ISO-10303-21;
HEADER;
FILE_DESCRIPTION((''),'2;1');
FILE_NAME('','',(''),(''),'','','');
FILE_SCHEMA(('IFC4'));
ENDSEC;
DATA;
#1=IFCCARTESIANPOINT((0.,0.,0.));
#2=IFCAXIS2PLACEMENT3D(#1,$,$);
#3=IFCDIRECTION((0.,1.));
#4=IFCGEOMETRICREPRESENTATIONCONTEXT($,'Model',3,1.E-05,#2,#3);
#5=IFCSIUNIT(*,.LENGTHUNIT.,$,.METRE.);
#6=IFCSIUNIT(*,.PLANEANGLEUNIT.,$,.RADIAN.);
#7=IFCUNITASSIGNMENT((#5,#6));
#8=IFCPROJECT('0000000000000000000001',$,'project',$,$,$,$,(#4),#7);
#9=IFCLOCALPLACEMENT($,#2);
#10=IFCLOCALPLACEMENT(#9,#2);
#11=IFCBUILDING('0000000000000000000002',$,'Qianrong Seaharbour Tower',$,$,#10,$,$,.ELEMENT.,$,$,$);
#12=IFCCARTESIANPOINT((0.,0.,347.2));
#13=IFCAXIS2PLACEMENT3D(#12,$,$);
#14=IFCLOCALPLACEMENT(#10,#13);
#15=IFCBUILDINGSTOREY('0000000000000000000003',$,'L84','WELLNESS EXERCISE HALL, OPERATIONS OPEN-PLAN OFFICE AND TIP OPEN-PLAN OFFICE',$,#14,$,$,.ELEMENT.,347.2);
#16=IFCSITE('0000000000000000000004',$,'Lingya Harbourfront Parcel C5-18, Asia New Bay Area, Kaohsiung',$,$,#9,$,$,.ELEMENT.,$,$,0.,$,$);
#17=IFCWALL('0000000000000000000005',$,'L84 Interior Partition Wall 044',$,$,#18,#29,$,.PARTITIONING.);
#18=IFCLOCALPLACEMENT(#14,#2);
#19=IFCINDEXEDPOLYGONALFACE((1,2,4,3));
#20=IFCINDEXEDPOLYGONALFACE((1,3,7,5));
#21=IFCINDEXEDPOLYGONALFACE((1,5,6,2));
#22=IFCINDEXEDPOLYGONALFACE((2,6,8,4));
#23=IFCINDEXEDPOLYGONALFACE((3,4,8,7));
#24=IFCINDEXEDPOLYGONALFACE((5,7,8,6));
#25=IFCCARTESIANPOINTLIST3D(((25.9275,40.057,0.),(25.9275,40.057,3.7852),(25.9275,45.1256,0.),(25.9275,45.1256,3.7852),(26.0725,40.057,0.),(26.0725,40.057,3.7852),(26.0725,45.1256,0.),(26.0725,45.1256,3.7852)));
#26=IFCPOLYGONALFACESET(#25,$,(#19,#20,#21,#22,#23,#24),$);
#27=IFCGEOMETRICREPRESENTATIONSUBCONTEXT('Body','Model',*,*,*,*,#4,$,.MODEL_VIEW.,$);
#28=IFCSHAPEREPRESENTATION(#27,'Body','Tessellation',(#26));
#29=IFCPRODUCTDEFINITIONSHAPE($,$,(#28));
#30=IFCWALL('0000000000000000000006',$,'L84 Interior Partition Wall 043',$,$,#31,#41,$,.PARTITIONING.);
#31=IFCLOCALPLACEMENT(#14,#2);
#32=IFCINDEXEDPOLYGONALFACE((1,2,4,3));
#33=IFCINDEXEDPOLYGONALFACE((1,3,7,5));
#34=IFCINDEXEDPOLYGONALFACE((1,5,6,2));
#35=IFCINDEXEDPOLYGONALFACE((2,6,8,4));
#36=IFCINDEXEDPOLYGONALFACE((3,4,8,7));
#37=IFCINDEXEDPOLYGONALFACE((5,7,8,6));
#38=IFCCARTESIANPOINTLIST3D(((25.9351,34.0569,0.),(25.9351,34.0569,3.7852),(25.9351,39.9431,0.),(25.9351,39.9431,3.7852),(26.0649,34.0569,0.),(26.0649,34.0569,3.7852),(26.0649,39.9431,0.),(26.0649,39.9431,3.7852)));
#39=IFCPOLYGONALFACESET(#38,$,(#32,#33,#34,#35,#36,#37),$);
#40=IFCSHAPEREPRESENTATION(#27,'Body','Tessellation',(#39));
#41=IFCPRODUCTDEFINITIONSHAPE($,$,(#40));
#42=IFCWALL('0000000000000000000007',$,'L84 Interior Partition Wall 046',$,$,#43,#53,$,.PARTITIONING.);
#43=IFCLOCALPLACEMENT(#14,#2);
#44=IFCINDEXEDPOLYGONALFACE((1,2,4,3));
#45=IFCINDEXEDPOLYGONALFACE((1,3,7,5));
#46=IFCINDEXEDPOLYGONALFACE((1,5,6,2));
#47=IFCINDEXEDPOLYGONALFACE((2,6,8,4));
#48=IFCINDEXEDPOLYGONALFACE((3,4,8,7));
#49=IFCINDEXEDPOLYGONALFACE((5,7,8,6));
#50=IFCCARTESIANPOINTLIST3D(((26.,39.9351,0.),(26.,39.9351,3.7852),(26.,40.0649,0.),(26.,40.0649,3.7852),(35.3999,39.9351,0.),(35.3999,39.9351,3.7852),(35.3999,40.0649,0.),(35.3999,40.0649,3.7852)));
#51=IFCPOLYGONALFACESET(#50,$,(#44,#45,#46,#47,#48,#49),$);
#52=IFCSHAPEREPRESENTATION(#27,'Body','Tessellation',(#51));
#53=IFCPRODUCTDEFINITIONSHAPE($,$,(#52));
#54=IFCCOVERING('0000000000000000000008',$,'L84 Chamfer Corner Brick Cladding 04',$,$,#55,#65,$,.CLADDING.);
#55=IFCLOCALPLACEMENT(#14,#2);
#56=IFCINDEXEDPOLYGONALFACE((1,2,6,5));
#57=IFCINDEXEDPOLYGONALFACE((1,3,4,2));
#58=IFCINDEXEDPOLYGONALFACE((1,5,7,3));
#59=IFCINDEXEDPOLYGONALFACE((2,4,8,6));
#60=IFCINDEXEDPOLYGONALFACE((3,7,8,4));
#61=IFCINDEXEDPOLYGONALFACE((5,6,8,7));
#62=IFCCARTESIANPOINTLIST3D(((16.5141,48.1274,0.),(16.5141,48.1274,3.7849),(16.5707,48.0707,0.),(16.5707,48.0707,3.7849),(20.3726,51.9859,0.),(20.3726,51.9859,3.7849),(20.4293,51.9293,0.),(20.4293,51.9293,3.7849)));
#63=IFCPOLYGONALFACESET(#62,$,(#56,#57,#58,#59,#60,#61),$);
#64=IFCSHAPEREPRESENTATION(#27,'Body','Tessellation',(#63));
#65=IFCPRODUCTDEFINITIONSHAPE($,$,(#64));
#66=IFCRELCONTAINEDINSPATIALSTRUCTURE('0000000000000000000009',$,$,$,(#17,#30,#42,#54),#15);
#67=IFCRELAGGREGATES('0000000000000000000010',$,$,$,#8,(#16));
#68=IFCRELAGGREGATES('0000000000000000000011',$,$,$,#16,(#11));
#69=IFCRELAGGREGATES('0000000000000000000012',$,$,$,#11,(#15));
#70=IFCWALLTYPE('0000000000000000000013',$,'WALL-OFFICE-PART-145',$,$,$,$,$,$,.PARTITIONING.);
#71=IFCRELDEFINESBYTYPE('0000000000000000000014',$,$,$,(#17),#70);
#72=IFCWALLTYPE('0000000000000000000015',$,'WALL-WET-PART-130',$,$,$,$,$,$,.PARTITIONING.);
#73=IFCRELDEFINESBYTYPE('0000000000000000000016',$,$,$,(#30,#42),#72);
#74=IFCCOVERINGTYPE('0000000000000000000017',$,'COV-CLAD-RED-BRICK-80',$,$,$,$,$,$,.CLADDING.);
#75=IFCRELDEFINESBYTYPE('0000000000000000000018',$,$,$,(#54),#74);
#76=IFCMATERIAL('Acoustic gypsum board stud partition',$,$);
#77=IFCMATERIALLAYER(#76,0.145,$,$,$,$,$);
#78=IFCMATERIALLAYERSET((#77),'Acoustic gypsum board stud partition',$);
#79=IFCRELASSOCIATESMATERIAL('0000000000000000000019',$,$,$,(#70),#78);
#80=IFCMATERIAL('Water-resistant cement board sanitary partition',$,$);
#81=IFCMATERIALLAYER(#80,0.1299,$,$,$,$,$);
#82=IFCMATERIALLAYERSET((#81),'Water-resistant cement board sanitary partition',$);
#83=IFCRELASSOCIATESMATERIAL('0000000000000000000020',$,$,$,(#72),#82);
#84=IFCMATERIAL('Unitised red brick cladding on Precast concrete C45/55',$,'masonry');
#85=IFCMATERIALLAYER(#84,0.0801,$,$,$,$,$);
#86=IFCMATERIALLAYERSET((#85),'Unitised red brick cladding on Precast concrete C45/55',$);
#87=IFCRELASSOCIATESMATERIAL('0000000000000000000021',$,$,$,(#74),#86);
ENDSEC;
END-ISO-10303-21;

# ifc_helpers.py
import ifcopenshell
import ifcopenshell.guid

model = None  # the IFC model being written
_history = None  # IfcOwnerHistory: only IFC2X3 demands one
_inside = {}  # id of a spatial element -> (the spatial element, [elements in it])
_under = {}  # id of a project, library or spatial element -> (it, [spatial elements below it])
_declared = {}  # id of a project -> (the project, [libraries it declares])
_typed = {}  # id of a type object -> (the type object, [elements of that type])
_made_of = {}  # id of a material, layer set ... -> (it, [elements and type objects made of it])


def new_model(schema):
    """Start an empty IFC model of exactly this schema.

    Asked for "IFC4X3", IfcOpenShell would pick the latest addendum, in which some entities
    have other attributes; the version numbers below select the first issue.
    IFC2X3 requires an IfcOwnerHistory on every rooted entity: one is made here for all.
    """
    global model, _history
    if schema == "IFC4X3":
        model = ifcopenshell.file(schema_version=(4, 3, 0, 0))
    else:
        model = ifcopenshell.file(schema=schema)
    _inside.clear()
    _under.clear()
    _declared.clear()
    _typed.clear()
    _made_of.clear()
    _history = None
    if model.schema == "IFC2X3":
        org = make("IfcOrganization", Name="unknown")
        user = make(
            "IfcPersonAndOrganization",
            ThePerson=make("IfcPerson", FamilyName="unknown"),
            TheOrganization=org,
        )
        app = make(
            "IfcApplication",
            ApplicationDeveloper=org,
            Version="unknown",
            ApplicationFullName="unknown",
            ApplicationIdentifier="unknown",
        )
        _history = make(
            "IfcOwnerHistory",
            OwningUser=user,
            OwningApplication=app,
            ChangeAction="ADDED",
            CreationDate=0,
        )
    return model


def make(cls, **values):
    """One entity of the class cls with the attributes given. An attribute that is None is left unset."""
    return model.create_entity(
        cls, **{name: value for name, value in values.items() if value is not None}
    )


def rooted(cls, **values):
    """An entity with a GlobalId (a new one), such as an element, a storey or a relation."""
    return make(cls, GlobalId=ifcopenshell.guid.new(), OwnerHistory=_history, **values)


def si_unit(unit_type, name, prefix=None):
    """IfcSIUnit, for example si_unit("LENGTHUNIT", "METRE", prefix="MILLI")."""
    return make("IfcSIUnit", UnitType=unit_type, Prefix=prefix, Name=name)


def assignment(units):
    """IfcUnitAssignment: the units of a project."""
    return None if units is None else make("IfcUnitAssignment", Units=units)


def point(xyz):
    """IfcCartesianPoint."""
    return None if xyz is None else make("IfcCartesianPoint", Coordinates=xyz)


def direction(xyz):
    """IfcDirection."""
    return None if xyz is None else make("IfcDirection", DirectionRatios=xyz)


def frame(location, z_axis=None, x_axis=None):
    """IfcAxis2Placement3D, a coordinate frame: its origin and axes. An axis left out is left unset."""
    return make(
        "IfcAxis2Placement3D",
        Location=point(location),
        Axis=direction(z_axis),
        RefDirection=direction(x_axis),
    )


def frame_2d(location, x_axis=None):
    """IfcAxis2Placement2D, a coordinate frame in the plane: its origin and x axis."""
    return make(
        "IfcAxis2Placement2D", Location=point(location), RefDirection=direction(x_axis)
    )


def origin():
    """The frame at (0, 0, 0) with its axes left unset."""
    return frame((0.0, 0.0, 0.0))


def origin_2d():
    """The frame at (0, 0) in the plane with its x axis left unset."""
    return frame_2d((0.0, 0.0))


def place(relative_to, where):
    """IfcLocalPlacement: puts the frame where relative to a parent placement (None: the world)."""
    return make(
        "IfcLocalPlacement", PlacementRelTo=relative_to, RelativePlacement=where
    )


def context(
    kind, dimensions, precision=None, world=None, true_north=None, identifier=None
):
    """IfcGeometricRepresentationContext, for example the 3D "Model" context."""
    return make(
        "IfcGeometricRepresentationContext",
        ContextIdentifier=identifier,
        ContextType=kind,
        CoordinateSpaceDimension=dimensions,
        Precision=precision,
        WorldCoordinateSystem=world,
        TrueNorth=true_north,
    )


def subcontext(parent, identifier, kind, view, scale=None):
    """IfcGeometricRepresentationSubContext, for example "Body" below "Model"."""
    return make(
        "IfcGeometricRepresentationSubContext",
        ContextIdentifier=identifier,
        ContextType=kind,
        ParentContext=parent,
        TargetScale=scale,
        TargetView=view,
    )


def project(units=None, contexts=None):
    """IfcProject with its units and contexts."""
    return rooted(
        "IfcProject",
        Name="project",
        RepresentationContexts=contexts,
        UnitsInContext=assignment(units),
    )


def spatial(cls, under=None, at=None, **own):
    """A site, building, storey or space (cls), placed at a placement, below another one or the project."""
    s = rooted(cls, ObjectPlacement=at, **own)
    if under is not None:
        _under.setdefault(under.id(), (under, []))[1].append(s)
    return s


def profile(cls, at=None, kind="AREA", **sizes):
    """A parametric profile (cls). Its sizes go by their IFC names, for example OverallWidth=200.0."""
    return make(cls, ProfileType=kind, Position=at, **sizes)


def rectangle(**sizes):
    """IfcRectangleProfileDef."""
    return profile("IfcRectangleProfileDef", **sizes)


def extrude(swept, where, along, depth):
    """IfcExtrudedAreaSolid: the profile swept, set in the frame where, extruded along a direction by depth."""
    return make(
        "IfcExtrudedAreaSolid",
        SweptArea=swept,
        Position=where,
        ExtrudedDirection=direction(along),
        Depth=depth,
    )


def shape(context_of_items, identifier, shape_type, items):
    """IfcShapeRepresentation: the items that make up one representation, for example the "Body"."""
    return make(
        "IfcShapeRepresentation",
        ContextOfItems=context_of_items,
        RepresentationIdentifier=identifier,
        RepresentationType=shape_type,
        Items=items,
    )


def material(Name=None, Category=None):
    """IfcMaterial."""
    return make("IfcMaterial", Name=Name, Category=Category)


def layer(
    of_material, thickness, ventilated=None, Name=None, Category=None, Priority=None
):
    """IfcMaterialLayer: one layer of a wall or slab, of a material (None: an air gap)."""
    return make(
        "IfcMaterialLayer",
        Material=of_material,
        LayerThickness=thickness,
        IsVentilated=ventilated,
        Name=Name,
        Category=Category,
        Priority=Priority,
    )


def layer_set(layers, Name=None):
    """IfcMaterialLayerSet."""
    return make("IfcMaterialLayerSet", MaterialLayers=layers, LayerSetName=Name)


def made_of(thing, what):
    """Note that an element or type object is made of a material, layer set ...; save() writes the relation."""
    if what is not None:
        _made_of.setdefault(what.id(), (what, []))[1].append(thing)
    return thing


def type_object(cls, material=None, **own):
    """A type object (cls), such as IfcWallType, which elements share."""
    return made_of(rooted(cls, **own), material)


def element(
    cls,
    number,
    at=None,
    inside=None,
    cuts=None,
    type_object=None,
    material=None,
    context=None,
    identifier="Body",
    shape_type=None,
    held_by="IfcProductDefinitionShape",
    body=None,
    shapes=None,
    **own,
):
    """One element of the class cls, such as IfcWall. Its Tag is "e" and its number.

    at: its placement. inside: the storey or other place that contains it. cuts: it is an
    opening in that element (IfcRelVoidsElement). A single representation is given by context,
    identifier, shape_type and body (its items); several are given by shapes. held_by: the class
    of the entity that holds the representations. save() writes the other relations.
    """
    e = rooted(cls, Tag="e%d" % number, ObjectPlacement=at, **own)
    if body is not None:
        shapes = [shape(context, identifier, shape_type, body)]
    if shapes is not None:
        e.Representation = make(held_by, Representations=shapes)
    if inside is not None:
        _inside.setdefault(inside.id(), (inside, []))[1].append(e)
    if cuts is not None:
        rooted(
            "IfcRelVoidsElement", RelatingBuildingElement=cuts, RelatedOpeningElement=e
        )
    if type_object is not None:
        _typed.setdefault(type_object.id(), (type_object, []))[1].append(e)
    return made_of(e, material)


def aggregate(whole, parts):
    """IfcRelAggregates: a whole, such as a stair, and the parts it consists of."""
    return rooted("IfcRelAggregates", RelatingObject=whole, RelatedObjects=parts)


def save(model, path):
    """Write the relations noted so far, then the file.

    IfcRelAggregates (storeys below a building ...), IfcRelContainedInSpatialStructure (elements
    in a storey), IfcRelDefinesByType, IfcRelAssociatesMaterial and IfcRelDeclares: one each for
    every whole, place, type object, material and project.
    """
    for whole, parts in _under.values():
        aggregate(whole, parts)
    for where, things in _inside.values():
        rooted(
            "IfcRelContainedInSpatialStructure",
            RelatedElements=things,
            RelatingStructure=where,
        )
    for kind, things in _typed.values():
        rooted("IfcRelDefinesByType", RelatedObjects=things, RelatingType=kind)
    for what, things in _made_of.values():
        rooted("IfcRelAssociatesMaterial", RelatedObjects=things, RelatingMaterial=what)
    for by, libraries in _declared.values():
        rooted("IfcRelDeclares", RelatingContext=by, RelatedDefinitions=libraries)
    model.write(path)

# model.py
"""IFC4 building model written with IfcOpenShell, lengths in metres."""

from ifc_helpers import new_model, si_unit, direction, frame, frame_2d, origin, origin_2d, place, context, subcontext, project, spatial, rectangle, extrude, material, layer, layer_set, type_object, element, save


model = new_model("IFC4")

# Units and contexts
model_context = context("Model", 3, precision=1e-05, world=origin(), true_north=direction((0.0, 1.0)))
body_context = subcontext(model_context, "Body", "Model", "MODEL_VIEW")
ifc_project = project(units=[si_unit("LENGTHUNIT", "METRE"), si_unit("PLANEANGLEUNIT", "RADIAN")], contexts=[model_context])

# Site, building, storey
site_placement = place(None, origin())
site = spatial("IfcSite", under=ifc_project, at=site_placement, Name="Lingya Harbourfront Parcel C5-18, Asia New Bay Area, Kaohsiung", CompositionType="ELEMENT", RefElevation=0.0)
building_placement = place(site_placement, origin())
building = spatial("IfcBuilding", under=site, at=building_placement, Name="Qianrong Seaharbour Tower", CompositionType="ELEMENT")
storey_placement = place(building_placement, frame((0.0, 0.0, 347.2)))
storey = spatial("IfcBuildingStorey", under=building, at=storey_placement, Name="L84", Description="WELLNESS EXERCISE HALL, OPERATIONS OPEN-PLAN OFFICE AND TIP OPEN-PLAN OFFICE", CompositionType="ELEMENT", Elevation=347.2)

# Shared definitions
ifc_material_1 = material(Name="Acoustic gypsum board stud partition")
ifc_layer_1 = layer(ifc_material_1, 0.145)
ifc_layer_set_1 = layer_set([ifc_layer_1], Name="Acoustic gypsum board stud partition")
wall_type_1 = type_object("IfcWallType", Name="WALL-OFFICE-PART-145", PredefinedType="PARTITIONING", material=ifc_layer_set_1)

# Walls
wall_1_placement = place(storey_placement, frame((26.0, 45.1255, 0.0), z_axis=(0.0, 0.0, 1.0), x_axis=(0.0, -1.0, 0.0)))
element("IfcWall", 1, at=wall_1_placement, inside=storey, type_object=wall_type_1, Name="L84 Interior Partition Wall 044", PredefinedType="PARTITIONING", context=body_context, shape_type="SweptSolid", body=[
    extrude(rectangle(XDim=5.0686, YDim=0.145, at=frame_2d((2.5342, 0.0))), origin(), (0.0, 0.0, 1.0), 3.7852),
])
ifc_material_2 = material(Name="Water-resistant cement board sanitary partition")
ifc_layer_2 = layer(ifc_material_2, 0.1299)
ifc_layer_set_2 = layer_set([ifc_layer_2], Name="Water-resistant cement board sanitary partition")
wall_type_2 = type_object("IfcWallType", Name="WALL-WET-PART-130", PredefinedType="PARTITIONING", material=ifc_layer_set_2)
wall_2_placement = place(storey_placement, frame((26.0, 39.9431, 0.0), z_axis=(0.0, 0.0, 1.0), x_axis=(0.0, -1.0, 0.0)))
element("IfcWall", 2, at=wall_2_placement, inside=storey, type_object=wall_type_2, Name="L84 Interior Partition Wall 043", PredefinedType="PARTITIONING", context=body_context, shape_type="SweptSolid", body=[
    extrude(rectangle(XDim=5.8862, YDim=0.1299, at=frame_2d((2.9431, 0.0))), origin(), (0.0, 0.0, 1.0), 3.7852),
])
wall_3_placement = place(storey_placement, frame((26.0, 40.0, 0.0), z_axis=(0.0, 0.0, 1.0), x_axis=(1.0, 0.0, 0.0)))
element("IfcWall", 3, at=wall_3_placement, inside=storey, type_object=wall_type_2, Name="L84 Interior Partition Wall 046", PredefinedType="PARTITIONING", context=body_context, shape_type="SweptSolid", body=[
    extrude(rectangle(XDim=9.3999, YDim=0.1299, at=frame_2d((4.7, 0.0))), origin(), (0.0, 0.0, 1.0), 3.7852),
])

# Covering
ifc_material_3 = material(Name="Unitised red brick cladding on Precast concrete C45/55", Category="masonry")
ifc_layer_3 = layer(ifc_material_3, 0.0801)
ifc_layer_set_3 = layer_set([ifc_layer_3], Name="Unitised red brick cladding on Precast concrete C45/55")
covering_type = type_object("IfcCoveringType", Name="COV-CLAD-RED-BRICK-80", PredefinedType="CLADDING", material=ifc_layer_set_3)
covering_placement = place(storey_placement, frame((18.4717, 50.0283, 0.0), z_axis=(0.0, 0.0, 1.0), x_axis=(0.707107, 0.707107, 0.0)))
element("IfcCovering", 4, at=covering_placement, inside=storey, type_object=covering_type, Name="L84 Chamfer Corner Brick Cladding 04", PredefinedType="CLADDING", context=body_context, shape_type="SweptSolid", body=[
    extrude(rectangle(XDim=5.4568, YDim=0.0801, at=origin_2d()), origin(), (0.0, 0.0, 1.0), 3.7849),
])

save(model, "model.ifc")
